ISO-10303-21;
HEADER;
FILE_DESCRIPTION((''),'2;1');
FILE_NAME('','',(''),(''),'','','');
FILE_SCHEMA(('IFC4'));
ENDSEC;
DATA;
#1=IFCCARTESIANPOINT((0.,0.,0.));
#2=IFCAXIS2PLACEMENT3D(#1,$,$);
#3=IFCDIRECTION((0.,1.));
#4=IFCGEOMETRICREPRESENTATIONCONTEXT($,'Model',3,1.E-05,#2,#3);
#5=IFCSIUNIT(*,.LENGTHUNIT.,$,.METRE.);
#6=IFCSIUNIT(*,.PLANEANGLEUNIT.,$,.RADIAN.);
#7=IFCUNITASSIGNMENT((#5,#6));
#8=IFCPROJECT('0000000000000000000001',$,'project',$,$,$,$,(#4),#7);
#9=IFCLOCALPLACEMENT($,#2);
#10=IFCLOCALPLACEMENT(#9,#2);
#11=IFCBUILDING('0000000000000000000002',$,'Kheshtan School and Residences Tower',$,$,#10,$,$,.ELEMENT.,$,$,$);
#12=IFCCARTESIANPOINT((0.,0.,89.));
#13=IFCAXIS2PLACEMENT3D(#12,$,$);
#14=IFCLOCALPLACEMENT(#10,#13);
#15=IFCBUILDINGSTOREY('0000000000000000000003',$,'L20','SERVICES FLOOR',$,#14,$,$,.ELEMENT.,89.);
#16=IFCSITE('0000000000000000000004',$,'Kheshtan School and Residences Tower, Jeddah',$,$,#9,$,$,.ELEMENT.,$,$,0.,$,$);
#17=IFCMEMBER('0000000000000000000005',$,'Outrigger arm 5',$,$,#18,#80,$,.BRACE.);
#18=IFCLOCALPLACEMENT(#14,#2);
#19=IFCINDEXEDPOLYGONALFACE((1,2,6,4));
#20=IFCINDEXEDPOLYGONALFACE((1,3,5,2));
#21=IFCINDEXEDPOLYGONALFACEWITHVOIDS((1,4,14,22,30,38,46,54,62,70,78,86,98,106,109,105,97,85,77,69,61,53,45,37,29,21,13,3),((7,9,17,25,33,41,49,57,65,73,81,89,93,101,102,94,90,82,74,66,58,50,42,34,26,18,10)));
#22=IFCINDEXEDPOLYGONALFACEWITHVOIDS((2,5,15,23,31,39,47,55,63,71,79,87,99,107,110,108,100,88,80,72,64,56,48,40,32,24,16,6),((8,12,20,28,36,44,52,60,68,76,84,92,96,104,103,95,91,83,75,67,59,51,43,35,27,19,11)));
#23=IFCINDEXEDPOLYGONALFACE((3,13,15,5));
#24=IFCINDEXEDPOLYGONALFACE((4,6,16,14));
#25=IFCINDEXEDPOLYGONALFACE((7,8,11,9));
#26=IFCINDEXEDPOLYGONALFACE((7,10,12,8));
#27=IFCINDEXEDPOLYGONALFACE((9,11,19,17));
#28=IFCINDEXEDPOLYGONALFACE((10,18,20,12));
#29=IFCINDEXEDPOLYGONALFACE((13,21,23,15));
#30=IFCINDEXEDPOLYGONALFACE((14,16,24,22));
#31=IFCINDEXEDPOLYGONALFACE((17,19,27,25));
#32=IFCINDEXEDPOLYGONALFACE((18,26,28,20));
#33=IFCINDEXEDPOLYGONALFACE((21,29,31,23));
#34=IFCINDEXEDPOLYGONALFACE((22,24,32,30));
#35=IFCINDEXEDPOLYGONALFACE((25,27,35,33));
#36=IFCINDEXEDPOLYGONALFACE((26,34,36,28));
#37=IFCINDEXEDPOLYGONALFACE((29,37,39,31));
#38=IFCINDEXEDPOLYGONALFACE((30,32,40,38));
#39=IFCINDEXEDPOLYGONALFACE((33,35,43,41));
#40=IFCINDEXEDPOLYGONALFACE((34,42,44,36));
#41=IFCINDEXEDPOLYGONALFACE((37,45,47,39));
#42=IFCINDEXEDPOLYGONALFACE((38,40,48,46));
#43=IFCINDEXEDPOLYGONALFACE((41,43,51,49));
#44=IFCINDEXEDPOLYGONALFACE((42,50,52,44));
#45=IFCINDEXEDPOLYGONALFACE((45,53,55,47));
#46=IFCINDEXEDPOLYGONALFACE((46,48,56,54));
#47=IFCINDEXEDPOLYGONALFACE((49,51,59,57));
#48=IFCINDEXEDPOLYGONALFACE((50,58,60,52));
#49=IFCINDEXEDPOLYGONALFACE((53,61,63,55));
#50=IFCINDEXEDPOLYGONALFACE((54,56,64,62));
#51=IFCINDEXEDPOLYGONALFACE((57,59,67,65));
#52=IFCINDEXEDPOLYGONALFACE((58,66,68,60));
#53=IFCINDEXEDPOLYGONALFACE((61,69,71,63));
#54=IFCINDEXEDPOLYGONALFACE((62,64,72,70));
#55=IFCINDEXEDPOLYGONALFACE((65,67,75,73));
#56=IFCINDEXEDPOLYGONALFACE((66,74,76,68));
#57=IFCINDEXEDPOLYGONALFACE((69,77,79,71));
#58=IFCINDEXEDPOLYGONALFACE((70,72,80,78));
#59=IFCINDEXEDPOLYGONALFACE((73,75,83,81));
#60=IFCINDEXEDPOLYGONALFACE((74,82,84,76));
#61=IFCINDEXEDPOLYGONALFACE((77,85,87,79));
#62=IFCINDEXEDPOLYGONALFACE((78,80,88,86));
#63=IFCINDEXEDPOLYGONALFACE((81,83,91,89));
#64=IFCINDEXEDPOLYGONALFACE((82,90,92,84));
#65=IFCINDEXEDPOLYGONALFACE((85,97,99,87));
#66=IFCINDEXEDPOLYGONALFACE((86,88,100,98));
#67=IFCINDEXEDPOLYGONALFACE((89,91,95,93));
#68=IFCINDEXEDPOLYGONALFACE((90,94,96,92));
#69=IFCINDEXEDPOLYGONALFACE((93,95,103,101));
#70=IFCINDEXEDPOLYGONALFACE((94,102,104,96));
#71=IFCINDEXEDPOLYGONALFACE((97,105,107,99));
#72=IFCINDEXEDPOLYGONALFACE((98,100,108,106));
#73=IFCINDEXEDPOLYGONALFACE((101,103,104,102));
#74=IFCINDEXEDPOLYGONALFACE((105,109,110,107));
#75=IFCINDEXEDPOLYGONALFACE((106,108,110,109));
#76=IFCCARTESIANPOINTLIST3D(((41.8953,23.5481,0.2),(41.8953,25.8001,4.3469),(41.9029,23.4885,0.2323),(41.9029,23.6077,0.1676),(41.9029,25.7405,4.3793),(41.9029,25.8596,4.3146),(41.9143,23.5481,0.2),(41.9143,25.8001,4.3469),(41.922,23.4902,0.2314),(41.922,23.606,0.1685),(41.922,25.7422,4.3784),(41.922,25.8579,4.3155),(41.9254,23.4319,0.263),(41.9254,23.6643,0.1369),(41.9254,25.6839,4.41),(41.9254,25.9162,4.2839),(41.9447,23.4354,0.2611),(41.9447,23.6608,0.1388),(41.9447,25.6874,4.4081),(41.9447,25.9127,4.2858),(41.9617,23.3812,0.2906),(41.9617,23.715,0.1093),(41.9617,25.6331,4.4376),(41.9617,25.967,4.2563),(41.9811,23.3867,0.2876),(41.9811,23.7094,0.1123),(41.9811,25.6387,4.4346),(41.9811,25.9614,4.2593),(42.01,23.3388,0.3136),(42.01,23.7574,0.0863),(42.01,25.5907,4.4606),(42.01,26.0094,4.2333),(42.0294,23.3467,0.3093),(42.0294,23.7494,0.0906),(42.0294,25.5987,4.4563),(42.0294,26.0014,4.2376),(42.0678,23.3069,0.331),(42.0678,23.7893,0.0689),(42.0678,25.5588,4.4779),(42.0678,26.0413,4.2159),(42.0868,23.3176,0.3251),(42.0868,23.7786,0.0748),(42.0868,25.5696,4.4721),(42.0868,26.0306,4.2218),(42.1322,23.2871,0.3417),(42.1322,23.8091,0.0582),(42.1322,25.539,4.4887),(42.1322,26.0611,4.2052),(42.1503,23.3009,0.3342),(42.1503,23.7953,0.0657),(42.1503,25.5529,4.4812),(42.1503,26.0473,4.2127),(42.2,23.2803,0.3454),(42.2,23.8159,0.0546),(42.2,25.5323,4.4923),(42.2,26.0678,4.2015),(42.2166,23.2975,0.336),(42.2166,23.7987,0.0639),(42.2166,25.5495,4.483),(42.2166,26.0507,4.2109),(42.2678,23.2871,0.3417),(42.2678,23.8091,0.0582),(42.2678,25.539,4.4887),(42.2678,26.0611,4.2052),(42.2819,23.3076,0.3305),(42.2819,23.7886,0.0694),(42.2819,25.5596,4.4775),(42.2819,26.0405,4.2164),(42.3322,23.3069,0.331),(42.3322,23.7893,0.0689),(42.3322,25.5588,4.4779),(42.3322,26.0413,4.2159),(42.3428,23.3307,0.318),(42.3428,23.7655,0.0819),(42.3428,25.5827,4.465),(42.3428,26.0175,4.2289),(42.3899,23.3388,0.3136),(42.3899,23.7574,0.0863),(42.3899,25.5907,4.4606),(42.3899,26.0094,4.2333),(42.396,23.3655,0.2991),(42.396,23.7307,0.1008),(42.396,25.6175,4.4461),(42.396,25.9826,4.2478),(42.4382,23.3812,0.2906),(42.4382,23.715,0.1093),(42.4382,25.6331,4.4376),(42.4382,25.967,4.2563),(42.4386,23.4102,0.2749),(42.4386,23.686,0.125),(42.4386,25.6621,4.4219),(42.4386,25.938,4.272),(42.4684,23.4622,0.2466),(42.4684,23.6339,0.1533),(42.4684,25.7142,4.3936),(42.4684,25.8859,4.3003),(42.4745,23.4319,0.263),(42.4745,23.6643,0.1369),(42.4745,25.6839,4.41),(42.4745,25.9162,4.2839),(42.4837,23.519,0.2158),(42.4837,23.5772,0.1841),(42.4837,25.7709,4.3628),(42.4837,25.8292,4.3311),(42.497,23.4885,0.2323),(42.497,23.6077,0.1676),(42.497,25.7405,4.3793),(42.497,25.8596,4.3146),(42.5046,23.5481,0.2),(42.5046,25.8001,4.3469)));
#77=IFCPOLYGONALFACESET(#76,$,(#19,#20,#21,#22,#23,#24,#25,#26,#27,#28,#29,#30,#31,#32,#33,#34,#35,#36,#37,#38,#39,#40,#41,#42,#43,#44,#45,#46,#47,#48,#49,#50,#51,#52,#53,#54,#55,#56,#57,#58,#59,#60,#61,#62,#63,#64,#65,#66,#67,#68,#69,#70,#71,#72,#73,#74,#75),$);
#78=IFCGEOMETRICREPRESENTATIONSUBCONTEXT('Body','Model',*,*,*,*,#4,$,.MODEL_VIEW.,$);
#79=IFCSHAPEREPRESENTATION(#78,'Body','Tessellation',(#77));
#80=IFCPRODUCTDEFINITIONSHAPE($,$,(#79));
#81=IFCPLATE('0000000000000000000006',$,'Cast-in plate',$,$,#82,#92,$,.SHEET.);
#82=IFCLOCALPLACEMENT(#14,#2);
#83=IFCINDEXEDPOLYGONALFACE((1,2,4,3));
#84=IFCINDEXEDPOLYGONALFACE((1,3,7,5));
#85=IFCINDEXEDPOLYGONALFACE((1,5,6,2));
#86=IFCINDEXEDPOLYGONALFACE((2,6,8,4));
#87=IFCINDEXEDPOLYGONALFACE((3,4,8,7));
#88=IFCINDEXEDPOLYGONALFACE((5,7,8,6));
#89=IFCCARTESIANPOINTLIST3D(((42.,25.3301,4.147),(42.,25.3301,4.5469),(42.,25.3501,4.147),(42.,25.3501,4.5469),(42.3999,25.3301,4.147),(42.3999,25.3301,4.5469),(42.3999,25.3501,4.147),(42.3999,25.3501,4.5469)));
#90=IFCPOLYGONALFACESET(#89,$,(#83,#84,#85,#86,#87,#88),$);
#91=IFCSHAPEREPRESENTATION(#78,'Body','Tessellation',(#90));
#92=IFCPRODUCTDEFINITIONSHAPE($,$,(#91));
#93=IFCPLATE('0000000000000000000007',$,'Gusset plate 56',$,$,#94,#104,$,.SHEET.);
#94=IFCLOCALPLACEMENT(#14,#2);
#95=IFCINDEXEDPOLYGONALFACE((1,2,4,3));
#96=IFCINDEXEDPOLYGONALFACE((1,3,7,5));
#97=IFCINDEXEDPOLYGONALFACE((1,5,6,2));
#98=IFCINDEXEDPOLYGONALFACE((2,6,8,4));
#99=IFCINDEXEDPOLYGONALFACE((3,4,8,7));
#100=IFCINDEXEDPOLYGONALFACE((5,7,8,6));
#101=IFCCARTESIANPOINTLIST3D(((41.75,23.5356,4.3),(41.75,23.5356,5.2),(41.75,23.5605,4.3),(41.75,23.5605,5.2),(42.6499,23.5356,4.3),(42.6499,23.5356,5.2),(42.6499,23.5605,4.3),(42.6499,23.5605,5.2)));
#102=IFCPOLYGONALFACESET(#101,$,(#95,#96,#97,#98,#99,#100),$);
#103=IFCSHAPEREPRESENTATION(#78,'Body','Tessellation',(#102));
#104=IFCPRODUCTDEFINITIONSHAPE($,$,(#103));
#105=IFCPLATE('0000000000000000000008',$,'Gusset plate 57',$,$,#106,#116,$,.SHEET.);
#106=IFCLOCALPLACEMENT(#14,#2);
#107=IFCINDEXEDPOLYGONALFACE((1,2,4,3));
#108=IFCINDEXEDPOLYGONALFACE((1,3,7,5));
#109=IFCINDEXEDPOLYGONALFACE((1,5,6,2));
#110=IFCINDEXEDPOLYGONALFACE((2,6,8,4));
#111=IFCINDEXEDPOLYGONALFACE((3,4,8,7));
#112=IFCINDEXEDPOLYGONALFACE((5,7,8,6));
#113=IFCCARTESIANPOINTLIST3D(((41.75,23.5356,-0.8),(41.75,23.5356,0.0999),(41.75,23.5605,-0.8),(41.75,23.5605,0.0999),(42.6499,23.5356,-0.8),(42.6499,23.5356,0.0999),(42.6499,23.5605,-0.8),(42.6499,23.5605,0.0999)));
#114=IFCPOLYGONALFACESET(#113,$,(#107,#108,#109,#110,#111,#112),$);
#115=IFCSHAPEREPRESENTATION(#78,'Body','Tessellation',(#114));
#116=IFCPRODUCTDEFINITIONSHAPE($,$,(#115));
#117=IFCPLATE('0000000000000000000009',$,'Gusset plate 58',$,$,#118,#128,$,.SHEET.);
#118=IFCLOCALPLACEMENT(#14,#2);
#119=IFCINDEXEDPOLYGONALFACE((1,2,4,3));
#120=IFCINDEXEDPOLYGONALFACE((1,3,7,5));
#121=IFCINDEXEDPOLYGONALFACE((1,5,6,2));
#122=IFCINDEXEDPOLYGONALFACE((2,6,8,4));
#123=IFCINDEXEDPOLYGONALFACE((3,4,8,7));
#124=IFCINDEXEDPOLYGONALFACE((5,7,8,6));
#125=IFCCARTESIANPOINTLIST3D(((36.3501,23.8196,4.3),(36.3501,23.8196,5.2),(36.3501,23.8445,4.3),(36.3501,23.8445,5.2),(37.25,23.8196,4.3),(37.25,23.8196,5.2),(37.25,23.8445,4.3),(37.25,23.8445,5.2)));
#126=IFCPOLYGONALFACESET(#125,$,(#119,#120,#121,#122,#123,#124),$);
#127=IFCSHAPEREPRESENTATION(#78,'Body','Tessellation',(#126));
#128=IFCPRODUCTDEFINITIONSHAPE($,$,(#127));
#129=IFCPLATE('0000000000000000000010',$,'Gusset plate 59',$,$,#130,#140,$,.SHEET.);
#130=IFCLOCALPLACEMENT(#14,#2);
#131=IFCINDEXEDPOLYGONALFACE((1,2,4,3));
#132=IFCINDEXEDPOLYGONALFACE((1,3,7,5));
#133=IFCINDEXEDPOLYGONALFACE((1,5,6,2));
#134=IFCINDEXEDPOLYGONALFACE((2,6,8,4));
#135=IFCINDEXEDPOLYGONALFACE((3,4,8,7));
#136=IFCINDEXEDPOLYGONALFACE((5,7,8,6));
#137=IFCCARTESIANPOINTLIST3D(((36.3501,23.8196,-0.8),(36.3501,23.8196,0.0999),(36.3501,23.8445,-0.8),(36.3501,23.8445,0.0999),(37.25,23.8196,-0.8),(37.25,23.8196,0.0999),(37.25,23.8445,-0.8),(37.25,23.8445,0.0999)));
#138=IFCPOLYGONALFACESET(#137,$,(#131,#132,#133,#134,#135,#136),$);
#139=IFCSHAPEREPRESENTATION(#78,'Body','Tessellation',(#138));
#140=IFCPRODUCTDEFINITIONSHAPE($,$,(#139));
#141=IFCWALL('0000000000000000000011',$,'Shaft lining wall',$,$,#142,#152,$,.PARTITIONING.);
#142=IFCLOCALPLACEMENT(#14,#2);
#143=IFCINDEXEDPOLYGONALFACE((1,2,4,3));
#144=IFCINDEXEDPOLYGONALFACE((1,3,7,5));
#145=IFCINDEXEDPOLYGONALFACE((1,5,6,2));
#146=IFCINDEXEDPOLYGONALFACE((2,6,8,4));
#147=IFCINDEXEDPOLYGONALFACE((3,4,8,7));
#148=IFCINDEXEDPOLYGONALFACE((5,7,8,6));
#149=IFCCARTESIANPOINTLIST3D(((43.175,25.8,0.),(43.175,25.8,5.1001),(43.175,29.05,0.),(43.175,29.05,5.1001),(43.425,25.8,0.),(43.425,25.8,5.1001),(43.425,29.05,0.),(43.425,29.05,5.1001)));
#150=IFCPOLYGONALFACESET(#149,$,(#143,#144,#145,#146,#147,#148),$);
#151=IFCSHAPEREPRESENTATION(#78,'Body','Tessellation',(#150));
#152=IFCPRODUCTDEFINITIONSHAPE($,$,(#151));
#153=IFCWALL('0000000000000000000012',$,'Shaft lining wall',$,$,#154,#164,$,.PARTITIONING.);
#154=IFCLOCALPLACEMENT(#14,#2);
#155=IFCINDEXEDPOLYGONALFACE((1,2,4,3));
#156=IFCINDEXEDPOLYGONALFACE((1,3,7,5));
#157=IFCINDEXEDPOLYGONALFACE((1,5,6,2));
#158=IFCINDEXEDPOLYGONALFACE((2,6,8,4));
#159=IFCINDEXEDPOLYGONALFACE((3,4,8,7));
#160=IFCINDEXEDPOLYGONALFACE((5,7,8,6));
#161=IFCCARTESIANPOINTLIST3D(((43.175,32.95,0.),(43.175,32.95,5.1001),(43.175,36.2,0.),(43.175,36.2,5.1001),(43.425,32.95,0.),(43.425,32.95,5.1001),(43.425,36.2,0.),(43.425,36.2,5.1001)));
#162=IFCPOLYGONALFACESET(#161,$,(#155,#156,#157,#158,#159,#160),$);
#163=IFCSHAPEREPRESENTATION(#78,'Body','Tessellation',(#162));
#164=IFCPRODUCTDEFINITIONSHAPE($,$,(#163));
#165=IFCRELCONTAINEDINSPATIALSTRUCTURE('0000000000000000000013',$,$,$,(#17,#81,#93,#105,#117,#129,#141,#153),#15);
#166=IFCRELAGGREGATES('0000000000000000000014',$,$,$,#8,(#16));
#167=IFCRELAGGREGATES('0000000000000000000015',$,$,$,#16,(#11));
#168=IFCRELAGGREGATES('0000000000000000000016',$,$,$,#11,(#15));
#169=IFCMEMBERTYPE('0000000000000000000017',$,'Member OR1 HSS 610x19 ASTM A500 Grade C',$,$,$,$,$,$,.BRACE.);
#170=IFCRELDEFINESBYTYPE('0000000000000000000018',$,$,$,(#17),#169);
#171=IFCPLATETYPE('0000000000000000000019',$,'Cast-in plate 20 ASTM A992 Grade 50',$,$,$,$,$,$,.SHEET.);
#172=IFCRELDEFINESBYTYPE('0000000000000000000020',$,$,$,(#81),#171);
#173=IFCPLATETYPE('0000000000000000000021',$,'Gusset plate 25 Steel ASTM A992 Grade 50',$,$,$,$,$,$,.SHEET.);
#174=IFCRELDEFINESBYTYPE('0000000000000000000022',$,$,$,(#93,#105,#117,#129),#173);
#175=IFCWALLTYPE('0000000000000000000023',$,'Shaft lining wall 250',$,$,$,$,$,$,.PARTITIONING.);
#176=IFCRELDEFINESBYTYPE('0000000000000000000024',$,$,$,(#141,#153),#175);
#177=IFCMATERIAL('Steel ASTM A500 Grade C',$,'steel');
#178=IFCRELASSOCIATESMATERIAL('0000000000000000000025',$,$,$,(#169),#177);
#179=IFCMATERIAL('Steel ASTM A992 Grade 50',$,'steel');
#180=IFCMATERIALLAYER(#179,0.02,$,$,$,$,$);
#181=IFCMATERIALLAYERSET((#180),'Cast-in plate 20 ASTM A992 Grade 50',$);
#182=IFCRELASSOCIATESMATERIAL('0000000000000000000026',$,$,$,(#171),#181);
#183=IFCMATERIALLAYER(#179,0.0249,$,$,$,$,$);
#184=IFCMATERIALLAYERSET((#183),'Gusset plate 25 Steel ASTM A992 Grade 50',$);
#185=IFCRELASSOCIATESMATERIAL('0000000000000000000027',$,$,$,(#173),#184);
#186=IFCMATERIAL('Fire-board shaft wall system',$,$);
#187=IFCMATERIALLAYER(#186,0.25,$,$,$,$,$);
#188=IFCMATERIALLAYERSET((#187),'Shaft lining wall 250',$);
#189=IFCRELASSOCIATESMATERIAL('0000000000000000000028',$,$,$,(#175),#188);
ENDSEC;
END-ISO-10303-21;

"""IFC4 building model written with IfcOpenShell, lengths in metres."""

from ifc_helpers import new_model, si_unit, direction, frame, frame_2d, origin, origin_2d, place, context, subcontext, project, spatial, rectangle, hollow_circle, extrude, material, layer, layer_set, material_profile, profile_set, type_object, element, save


model = new_model("IFC4")

# Units and contexts
model_context = context("Model", 3, precision=1e-05, world=origin(), true_north=direction((0.0, 1.0)))
body_context = subcontext(model_context, "Body", "Model", "MODEL_VIEW")
ifc_project = project(units=[si_unit("LENGTHUNIT", "METRE"), si_unit("PLANEANGLEUNIT", "RADIAN")], contexts=[model_context])

# Site, building, storey
site_placement = place(None, origin())
site = spatial("IfcSite", under=ifc_project, at=site_placement, Name="Kheshtan School and Residences Tower, Jeddah", CompositionType="ELEMENT", RefElevation=0.0)
building_placement = place(site_placement, origin())
building = spatial("IfcBuilding", under=site, at=building_placement, Name="Kheshtan School and Residences Tower", CompositionType="ELEMENT")
storey_placement = place(building_placement, frame((0.0, 0.0, 89.0)))
storey = spatial("IfcBuildingStorey", under=building, at=storey_placement, Name="L20", Description="SERVICES FLOOR", CompositionType="ELEMENT", Elevation=89.0)

# Shared definitions
ifc_material_1 = material(Name="Steel ASTM A992 Grade 50", Category="steel")

# Member
ifc_material_2 = material(Name="Steel ASTM A500 Grade C", Category="steel")
ifc_material_profile_1 = material_profile(ifc_material_2, hollow_circle(Radius=0.3047, WallThickness=0.019, at=origin_2d()), Name="HSS 610x19")
ifc_profile_set_1 = profile_set([ifc_material_profile_1], Name="Steel ASTM A500 Grade C")
member_type_1 = type_object("IfcMemberType", Name="Member OR1 HSS 610x19 ASTM A500 Grade C", PredefinedType="BRACE", material=ifc_profile_set_1)
member_1_placement = place(storey_placement, frame((42.2, 23.5481, 0.2), z_axis=(0.0, 0.477213, 0.878788), x_axis=(-1.0, 0.0, 0.0)))
element("IfcMember", 1, at=member_1_placement, inside=storey, type_object=member_type_1, Name="Outrigger arm 5", PredefinedType="BRACE", context=body_context, shape_type="SweptSolid", body=[
    extrude(hollow_circle(Radius=0.3047, WallThickness=0.019, at=origin_2d()), origin(), (0.0, 0.0, 1.0), 4.719),
])

# Plates
ifc_layer_1 = layer(ifc_material_1, 0.02)
ifc_layer_set_1 = layer_set([ifc_layer_1], Name="Cast-in plate 20 ASTM A992 Grade 50")
plate_type_1 = type_object("IfcPlateType", Name="Cast-in plate 20 ASTM A992 Grade 50", PredefinedType="SHEET", material=ifc_layer_set_1)
plate_placement = place(storey_placement, frame((42.2, 25.3401, 4.147), z_axis=(0.0, 0.0, 1.0), x_axis=(1.0, 0.0, 0.0)))
element("IfcPlate", 2, at=plate_placement, inside=storey, type_object=plate_type_1, Name="Cast-in plate", PredefinedType="SHEET", context=body_context, shape_type="SweptSolid", body=[
    extrude(rectangle(XDim=0.3999, YDim=0.02, at=origin_2d()), origin(), (0.0, 0.0, 1.0), 0.3999),
])
ifc_layer_2 = layer(ifc_material_1, 0.0249)
ifc_layer_set_2 = layer_set([ifc_layer_2], Name="Gusset plate 25 Steel ASTM A992 Grade 50")
plate_type_2 = type_object("IfcPlateType", Name="Gusset plate 25 Steel ASTM A992 Grade 50", PredefinedType="SHEET", material=ifc_layer_set_2)
for number, where, z_axis, x_axis, name in (
    (3, (42.2, 23.5481, 4.3), (0.0, 0.0, 1.0), (1.0, 0.0, 0.0), "Gusset plate 56"),
    (4, (42.2, 23.5481, -0.8), (0.0, 0.0, 1.0), (1.0, 0.0, 0.0), "Gusset plate 57"),
    (5, (36.8, 23.832, 4.3), (0.0, 0.0, 1.0), (1.0, 0.0, 0.0), "Gusset plate 58"),
    (6, (36.8, 23.832, -0.8), (0.0, 0.0, 1.0), (1.0, 0.0, 0.0), "Gusset plate 59"),
):
    element("IfcPlate", number, at=place(storey_placement, frame(where, z_axis=z_axis, x_axis=x_axis)), inside=storey, type_object=plate_type_2, Name=name, PredefinedType="SHEET", context=body_context, shape_type="SweptSolid", body=[
        extrude(rectangle(XDim=0.8999, YDim=0.0249, at=origin_2d()), origin(), (0.0, 0.0, 1.0), 0.8999),
    ])

# Walls
ifc_material_3 = material(Name="Fire-board shaft wall system")
ifc_layer_3 = layer(ifc_material_3, 0.25)
ifc_layer_set_3 = layer_set([ifc_layer_3], Name="Shaft lining wall 250")
wall_type = type_object("IfcWallType", Name="Shaft lining wall 250", PredefinedType="PARTITIONING", material=ifc_layer_set_3)
for number, where, z_axis, x_axis, name in (
    (7, (43.3, 25.8, 0.0), (0.0, 0.0, 1.0), (0.0, 1.0, 0.0), "Shaft lining wall"),
    (8, (43.3, 32.95, 0.0), (0.0, 0.0, 1.0), (0.0, 1.0, 0.0), "Shaft lining wall"),
):
    element("IfcWall", number, at=place(storey_placement, frame(where, z_axis=z_axis, x_axis=x_axis)), inside=storey, type_object=wall_type, Name=name, PredefinedType="PARTITIONING", context=body_context, shape_type="SweptSolid", body=[
        extrude(rectangle(XDim=3.25, YDim=0.25, at=frame_2d((1.625, 0.0))), origin(), (0.0, 0.0, 1.0), 5.1001),
    ])

save(model, "model.ifc")
